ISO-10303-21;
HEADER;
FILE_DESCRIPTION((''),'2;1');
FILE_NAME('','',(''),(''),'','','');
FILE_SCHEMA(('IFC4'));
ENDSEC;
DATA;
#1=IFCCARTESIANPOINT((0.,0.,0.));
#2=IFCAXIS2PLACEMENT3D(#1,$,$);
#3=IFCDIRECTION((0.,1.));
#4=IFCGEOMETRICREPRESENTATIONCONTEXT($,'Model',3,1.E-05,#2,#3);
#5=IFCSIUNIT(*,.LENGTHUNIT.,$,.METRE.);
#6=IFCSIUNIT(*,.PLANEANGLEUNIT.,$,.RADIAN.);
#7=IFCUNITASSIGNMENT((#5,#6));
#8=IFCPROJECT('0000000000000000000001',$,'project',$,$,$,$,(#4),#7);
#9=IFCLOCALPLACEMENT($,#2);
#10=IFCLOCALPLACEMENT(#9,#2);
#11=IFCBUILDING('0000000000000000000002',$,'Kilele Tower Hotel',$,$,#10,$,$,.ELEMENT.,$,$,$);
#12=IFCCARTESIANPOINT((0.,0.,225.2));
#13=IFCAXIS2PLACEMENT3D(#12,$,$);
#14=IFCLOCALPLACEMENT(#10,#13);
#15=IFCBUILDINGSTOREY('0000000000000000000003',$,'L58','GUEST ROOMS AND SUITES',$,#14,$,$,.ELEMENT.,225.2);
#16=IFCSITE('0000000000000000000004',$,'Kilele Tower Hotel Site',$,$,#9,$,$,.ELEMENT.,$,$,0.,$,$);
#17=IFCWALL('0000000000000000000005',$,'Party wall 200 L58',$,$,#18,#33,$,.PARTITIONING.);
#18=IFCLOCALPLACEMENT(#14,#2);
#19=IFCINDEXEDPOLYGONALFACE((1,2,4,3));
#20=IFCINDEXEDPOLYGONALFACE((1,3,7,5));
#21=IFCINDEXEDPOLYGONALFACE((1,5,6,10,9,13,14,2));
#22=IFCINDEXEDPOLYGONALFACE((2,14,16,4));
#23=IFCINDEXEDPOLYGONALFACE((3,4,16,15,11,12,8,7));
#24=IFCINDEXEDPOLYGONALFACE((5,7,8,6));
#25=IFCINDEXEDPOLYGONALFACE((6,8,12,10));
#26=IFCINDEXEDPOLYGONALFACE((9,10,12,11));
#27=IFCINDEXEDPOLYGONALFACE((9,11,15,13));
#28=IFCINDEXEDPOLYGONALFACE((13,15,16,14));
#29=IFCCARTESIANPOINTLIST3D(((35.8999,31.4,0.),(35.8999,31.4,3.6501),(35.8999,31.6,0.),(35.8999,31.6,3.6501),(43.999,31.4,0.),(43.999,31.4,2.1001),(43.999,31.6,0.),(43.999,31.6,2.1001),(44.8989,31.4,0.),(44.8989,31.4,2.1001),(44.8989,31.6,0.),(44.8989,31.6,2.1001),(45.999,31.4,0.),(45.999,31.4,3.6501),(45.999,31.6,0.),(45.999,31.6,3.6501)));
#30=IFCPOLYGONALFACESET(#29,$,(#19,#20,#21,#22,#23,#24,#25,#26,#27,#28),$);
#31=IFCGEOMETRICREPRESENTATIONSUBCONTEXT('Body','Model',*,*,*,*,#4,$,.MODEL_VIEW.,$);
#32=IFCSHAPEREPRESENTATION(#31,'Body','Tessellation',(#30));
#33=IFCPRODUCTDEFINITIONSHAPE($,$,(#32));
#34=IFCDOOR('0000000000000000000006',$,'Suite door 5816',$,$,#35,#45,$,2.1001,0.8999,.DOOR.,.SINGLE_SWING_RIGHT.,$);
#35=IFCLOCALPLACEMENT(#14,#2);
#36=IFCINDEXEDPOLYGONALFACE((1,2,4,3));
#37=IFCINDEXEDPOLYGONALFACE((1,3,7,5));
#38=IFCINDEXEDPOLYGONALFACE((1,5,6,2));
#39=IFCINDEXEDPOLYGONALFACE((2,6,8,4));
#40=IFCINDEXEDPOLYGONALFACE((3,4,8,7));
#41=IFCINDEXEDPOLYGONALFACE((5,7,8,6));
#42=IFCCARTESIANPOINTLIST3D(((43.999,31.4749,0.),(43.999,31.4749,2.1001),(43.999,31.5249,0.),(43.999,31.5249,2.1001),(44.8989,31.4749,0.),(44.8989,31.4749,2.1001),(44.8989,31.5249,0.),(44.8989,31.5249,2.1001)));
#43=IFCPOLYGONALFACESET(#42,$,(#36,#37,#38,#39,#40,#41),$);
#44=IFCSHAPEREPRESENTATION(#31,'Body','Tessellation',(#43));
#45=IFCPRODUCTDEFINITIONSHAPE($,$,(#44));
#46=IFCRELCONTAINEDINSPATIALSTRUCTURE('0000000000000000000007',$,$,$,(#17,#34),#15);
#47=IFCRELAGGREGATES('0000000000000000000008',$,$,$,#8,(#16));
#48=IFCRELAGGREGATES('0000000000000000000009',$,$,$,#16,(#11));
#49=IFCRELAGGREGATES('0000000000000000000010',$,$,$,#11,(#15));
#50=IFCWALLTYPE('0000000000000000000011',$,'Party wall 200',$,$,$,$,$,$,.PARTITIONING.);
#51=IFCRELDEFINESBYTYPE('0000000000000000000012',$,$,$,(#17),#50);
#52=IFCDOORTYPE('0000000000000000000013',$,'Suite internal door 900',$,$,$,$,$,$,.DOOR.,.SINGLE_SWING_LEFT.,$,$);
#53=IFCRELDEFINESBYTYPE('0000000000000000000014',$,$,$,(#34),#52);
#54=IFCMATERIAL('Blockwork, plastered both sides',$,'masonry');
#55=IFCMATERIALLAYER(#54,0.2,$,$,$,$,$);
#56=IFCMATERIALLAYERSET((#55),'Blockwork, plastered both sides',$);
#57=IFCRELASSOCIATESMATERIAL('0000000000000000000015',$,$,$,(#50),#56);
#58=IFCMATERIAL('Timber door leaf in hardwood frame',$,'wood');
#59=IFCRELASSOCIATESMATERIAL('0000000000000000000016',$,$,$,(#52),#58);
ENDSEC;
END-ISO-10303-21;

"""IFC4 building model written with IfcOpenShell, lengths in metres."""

from ifc_helpers import new_model, si_unit, direction, frame, frame_2d, origin, place, context, subcontext, project, spatial, rectangle, extrude, material, layer, layer_set, type_object, element, fill, save


model = new_model("IFC4")

# Units and contexts
model_context = context("Model", 3, precision=1e-05, world=origin(), true_north=direction((0.0, 1.0)))
body_context = subcontext(model_context, "Body", "Model", "MODEL_VIEW")
ifc_project = project(units=[si_unit("LENGTHUNIT", "METRE"), si_unit("PLANEANGLEUNIT", "RADIAN")], contexts=[model_context])

# Site, building, storey
site_placement = place(None, origin())
site = spatial("IfcSite", under=ifc_project, at=site_placement, Name="Kilele Tower Hotel Site", CompositionType="ELEMENT", RefElevation=0.0)
building_placement = place(site_placement, origin())
building = spatial("IfcBuilding", under=site, at=building_placement, Name="Kilele Tower Hotel", CompositionType="ELEMENT")
storey_placement = place(building_placement, frame((0.0, 0.0, 225.2)))
storey = spatial("IfcBuildingStorey", under=building, at=storey_placement, Name="L58", Description="GUEST ROOMS AND SUITES", CompositionType="ELEMENT", Elevation=225.2)

# Wall, opening, door
ifc_material_1 = material(Name="Blockwork, plastered both sides", Category="masonry")
ifc_layer_1 = layer(ifc_material_1, 0.2)
ifc_layer_set_1 = layer_set([ifc_layer_1], Name="Blockwork, plastered both sides")
wall_type_1 = type_object("IfcWallType", Name="Party wall 200", PredefinedType="PARTITIONING", material=ifc_layer_set_1)
wall_1_placement = place(storey_placement, frame((35.8999, 31.5, 0.0), z_axis=(0.0, 0.0, 1.0), x_axis=(1.0, 0.0, 0.0)))
wall_1 = element("IfcWall", 1, at=wall_1_placement, inside=storey, type_object=wall_type_1, Name="Party wall 200 L58", PredefinedType="PARTITIONING", context=body_context, shape_type="SweptSolid", body=[
    extrude(rectangle(XDim=10.0991, YDim=0.2, at=frame_2d((5.0496, 0.0))), origin(), (0.0, 0.0, 1.0), 3.6501),
])
opening_1_placement = place(wall_1_placement, frame((8.0991, 0.0, 0.0)))
opening_1 = element("IfcOpeningElement", 2, at=opening_1_placement, cuts=wall_1, PredefinedType="OPENING", context=body_context, shape_type="SweptSolid", body=[
    extrude(rectangle(XDim=0.8999, YDim=2.1001, at=frame_2d((0.45, 1.05))), frame((0.0, 0.1099, 0.0), z_axis=(0.0, -1.0, 0.0), x_axis=(1.0, 0.0, 0.0)), (0.0, 0.0, 1.0), 0.22),
])
ifc_material_2 = material(Name="Timber door leaf in hardwood frame", Category="wood")
door_type_1 = type_object("IfcDoorType", Name="Suite internal door 900", OperationType="SINGLE_SWING_LEFT", PredefinedType="DOOR", material=ifc_material_2)
door_1_placement = place(opening_1_placement, origin())
door_1 = element("IfcDoor", 3, at=door_1_placement, inside=storey, type_object=door_type_1, Name="Suite door 5816", OperationType="SINGLE_SWING_RIGHT", OverallHeight=2.1001, OverallWidth=0.8999, PredefinedType="DOOR", context=body_context, shape_type="SweptSolid", body=[
    extrude(rectangle(XDim=0.8999, YDim=2.1001, at=frame_2d((0.45, 1.05))), frame((0.0, 0.0249, 0.0), z_axis=(0.0, -1.0, 0.0), x_axis=(1.0, 0.0, 0.0)), (0.0, 0.0, 1.0), 0.05),
])
fill(opening_1, door_1)

save(model, "model.ifc")
